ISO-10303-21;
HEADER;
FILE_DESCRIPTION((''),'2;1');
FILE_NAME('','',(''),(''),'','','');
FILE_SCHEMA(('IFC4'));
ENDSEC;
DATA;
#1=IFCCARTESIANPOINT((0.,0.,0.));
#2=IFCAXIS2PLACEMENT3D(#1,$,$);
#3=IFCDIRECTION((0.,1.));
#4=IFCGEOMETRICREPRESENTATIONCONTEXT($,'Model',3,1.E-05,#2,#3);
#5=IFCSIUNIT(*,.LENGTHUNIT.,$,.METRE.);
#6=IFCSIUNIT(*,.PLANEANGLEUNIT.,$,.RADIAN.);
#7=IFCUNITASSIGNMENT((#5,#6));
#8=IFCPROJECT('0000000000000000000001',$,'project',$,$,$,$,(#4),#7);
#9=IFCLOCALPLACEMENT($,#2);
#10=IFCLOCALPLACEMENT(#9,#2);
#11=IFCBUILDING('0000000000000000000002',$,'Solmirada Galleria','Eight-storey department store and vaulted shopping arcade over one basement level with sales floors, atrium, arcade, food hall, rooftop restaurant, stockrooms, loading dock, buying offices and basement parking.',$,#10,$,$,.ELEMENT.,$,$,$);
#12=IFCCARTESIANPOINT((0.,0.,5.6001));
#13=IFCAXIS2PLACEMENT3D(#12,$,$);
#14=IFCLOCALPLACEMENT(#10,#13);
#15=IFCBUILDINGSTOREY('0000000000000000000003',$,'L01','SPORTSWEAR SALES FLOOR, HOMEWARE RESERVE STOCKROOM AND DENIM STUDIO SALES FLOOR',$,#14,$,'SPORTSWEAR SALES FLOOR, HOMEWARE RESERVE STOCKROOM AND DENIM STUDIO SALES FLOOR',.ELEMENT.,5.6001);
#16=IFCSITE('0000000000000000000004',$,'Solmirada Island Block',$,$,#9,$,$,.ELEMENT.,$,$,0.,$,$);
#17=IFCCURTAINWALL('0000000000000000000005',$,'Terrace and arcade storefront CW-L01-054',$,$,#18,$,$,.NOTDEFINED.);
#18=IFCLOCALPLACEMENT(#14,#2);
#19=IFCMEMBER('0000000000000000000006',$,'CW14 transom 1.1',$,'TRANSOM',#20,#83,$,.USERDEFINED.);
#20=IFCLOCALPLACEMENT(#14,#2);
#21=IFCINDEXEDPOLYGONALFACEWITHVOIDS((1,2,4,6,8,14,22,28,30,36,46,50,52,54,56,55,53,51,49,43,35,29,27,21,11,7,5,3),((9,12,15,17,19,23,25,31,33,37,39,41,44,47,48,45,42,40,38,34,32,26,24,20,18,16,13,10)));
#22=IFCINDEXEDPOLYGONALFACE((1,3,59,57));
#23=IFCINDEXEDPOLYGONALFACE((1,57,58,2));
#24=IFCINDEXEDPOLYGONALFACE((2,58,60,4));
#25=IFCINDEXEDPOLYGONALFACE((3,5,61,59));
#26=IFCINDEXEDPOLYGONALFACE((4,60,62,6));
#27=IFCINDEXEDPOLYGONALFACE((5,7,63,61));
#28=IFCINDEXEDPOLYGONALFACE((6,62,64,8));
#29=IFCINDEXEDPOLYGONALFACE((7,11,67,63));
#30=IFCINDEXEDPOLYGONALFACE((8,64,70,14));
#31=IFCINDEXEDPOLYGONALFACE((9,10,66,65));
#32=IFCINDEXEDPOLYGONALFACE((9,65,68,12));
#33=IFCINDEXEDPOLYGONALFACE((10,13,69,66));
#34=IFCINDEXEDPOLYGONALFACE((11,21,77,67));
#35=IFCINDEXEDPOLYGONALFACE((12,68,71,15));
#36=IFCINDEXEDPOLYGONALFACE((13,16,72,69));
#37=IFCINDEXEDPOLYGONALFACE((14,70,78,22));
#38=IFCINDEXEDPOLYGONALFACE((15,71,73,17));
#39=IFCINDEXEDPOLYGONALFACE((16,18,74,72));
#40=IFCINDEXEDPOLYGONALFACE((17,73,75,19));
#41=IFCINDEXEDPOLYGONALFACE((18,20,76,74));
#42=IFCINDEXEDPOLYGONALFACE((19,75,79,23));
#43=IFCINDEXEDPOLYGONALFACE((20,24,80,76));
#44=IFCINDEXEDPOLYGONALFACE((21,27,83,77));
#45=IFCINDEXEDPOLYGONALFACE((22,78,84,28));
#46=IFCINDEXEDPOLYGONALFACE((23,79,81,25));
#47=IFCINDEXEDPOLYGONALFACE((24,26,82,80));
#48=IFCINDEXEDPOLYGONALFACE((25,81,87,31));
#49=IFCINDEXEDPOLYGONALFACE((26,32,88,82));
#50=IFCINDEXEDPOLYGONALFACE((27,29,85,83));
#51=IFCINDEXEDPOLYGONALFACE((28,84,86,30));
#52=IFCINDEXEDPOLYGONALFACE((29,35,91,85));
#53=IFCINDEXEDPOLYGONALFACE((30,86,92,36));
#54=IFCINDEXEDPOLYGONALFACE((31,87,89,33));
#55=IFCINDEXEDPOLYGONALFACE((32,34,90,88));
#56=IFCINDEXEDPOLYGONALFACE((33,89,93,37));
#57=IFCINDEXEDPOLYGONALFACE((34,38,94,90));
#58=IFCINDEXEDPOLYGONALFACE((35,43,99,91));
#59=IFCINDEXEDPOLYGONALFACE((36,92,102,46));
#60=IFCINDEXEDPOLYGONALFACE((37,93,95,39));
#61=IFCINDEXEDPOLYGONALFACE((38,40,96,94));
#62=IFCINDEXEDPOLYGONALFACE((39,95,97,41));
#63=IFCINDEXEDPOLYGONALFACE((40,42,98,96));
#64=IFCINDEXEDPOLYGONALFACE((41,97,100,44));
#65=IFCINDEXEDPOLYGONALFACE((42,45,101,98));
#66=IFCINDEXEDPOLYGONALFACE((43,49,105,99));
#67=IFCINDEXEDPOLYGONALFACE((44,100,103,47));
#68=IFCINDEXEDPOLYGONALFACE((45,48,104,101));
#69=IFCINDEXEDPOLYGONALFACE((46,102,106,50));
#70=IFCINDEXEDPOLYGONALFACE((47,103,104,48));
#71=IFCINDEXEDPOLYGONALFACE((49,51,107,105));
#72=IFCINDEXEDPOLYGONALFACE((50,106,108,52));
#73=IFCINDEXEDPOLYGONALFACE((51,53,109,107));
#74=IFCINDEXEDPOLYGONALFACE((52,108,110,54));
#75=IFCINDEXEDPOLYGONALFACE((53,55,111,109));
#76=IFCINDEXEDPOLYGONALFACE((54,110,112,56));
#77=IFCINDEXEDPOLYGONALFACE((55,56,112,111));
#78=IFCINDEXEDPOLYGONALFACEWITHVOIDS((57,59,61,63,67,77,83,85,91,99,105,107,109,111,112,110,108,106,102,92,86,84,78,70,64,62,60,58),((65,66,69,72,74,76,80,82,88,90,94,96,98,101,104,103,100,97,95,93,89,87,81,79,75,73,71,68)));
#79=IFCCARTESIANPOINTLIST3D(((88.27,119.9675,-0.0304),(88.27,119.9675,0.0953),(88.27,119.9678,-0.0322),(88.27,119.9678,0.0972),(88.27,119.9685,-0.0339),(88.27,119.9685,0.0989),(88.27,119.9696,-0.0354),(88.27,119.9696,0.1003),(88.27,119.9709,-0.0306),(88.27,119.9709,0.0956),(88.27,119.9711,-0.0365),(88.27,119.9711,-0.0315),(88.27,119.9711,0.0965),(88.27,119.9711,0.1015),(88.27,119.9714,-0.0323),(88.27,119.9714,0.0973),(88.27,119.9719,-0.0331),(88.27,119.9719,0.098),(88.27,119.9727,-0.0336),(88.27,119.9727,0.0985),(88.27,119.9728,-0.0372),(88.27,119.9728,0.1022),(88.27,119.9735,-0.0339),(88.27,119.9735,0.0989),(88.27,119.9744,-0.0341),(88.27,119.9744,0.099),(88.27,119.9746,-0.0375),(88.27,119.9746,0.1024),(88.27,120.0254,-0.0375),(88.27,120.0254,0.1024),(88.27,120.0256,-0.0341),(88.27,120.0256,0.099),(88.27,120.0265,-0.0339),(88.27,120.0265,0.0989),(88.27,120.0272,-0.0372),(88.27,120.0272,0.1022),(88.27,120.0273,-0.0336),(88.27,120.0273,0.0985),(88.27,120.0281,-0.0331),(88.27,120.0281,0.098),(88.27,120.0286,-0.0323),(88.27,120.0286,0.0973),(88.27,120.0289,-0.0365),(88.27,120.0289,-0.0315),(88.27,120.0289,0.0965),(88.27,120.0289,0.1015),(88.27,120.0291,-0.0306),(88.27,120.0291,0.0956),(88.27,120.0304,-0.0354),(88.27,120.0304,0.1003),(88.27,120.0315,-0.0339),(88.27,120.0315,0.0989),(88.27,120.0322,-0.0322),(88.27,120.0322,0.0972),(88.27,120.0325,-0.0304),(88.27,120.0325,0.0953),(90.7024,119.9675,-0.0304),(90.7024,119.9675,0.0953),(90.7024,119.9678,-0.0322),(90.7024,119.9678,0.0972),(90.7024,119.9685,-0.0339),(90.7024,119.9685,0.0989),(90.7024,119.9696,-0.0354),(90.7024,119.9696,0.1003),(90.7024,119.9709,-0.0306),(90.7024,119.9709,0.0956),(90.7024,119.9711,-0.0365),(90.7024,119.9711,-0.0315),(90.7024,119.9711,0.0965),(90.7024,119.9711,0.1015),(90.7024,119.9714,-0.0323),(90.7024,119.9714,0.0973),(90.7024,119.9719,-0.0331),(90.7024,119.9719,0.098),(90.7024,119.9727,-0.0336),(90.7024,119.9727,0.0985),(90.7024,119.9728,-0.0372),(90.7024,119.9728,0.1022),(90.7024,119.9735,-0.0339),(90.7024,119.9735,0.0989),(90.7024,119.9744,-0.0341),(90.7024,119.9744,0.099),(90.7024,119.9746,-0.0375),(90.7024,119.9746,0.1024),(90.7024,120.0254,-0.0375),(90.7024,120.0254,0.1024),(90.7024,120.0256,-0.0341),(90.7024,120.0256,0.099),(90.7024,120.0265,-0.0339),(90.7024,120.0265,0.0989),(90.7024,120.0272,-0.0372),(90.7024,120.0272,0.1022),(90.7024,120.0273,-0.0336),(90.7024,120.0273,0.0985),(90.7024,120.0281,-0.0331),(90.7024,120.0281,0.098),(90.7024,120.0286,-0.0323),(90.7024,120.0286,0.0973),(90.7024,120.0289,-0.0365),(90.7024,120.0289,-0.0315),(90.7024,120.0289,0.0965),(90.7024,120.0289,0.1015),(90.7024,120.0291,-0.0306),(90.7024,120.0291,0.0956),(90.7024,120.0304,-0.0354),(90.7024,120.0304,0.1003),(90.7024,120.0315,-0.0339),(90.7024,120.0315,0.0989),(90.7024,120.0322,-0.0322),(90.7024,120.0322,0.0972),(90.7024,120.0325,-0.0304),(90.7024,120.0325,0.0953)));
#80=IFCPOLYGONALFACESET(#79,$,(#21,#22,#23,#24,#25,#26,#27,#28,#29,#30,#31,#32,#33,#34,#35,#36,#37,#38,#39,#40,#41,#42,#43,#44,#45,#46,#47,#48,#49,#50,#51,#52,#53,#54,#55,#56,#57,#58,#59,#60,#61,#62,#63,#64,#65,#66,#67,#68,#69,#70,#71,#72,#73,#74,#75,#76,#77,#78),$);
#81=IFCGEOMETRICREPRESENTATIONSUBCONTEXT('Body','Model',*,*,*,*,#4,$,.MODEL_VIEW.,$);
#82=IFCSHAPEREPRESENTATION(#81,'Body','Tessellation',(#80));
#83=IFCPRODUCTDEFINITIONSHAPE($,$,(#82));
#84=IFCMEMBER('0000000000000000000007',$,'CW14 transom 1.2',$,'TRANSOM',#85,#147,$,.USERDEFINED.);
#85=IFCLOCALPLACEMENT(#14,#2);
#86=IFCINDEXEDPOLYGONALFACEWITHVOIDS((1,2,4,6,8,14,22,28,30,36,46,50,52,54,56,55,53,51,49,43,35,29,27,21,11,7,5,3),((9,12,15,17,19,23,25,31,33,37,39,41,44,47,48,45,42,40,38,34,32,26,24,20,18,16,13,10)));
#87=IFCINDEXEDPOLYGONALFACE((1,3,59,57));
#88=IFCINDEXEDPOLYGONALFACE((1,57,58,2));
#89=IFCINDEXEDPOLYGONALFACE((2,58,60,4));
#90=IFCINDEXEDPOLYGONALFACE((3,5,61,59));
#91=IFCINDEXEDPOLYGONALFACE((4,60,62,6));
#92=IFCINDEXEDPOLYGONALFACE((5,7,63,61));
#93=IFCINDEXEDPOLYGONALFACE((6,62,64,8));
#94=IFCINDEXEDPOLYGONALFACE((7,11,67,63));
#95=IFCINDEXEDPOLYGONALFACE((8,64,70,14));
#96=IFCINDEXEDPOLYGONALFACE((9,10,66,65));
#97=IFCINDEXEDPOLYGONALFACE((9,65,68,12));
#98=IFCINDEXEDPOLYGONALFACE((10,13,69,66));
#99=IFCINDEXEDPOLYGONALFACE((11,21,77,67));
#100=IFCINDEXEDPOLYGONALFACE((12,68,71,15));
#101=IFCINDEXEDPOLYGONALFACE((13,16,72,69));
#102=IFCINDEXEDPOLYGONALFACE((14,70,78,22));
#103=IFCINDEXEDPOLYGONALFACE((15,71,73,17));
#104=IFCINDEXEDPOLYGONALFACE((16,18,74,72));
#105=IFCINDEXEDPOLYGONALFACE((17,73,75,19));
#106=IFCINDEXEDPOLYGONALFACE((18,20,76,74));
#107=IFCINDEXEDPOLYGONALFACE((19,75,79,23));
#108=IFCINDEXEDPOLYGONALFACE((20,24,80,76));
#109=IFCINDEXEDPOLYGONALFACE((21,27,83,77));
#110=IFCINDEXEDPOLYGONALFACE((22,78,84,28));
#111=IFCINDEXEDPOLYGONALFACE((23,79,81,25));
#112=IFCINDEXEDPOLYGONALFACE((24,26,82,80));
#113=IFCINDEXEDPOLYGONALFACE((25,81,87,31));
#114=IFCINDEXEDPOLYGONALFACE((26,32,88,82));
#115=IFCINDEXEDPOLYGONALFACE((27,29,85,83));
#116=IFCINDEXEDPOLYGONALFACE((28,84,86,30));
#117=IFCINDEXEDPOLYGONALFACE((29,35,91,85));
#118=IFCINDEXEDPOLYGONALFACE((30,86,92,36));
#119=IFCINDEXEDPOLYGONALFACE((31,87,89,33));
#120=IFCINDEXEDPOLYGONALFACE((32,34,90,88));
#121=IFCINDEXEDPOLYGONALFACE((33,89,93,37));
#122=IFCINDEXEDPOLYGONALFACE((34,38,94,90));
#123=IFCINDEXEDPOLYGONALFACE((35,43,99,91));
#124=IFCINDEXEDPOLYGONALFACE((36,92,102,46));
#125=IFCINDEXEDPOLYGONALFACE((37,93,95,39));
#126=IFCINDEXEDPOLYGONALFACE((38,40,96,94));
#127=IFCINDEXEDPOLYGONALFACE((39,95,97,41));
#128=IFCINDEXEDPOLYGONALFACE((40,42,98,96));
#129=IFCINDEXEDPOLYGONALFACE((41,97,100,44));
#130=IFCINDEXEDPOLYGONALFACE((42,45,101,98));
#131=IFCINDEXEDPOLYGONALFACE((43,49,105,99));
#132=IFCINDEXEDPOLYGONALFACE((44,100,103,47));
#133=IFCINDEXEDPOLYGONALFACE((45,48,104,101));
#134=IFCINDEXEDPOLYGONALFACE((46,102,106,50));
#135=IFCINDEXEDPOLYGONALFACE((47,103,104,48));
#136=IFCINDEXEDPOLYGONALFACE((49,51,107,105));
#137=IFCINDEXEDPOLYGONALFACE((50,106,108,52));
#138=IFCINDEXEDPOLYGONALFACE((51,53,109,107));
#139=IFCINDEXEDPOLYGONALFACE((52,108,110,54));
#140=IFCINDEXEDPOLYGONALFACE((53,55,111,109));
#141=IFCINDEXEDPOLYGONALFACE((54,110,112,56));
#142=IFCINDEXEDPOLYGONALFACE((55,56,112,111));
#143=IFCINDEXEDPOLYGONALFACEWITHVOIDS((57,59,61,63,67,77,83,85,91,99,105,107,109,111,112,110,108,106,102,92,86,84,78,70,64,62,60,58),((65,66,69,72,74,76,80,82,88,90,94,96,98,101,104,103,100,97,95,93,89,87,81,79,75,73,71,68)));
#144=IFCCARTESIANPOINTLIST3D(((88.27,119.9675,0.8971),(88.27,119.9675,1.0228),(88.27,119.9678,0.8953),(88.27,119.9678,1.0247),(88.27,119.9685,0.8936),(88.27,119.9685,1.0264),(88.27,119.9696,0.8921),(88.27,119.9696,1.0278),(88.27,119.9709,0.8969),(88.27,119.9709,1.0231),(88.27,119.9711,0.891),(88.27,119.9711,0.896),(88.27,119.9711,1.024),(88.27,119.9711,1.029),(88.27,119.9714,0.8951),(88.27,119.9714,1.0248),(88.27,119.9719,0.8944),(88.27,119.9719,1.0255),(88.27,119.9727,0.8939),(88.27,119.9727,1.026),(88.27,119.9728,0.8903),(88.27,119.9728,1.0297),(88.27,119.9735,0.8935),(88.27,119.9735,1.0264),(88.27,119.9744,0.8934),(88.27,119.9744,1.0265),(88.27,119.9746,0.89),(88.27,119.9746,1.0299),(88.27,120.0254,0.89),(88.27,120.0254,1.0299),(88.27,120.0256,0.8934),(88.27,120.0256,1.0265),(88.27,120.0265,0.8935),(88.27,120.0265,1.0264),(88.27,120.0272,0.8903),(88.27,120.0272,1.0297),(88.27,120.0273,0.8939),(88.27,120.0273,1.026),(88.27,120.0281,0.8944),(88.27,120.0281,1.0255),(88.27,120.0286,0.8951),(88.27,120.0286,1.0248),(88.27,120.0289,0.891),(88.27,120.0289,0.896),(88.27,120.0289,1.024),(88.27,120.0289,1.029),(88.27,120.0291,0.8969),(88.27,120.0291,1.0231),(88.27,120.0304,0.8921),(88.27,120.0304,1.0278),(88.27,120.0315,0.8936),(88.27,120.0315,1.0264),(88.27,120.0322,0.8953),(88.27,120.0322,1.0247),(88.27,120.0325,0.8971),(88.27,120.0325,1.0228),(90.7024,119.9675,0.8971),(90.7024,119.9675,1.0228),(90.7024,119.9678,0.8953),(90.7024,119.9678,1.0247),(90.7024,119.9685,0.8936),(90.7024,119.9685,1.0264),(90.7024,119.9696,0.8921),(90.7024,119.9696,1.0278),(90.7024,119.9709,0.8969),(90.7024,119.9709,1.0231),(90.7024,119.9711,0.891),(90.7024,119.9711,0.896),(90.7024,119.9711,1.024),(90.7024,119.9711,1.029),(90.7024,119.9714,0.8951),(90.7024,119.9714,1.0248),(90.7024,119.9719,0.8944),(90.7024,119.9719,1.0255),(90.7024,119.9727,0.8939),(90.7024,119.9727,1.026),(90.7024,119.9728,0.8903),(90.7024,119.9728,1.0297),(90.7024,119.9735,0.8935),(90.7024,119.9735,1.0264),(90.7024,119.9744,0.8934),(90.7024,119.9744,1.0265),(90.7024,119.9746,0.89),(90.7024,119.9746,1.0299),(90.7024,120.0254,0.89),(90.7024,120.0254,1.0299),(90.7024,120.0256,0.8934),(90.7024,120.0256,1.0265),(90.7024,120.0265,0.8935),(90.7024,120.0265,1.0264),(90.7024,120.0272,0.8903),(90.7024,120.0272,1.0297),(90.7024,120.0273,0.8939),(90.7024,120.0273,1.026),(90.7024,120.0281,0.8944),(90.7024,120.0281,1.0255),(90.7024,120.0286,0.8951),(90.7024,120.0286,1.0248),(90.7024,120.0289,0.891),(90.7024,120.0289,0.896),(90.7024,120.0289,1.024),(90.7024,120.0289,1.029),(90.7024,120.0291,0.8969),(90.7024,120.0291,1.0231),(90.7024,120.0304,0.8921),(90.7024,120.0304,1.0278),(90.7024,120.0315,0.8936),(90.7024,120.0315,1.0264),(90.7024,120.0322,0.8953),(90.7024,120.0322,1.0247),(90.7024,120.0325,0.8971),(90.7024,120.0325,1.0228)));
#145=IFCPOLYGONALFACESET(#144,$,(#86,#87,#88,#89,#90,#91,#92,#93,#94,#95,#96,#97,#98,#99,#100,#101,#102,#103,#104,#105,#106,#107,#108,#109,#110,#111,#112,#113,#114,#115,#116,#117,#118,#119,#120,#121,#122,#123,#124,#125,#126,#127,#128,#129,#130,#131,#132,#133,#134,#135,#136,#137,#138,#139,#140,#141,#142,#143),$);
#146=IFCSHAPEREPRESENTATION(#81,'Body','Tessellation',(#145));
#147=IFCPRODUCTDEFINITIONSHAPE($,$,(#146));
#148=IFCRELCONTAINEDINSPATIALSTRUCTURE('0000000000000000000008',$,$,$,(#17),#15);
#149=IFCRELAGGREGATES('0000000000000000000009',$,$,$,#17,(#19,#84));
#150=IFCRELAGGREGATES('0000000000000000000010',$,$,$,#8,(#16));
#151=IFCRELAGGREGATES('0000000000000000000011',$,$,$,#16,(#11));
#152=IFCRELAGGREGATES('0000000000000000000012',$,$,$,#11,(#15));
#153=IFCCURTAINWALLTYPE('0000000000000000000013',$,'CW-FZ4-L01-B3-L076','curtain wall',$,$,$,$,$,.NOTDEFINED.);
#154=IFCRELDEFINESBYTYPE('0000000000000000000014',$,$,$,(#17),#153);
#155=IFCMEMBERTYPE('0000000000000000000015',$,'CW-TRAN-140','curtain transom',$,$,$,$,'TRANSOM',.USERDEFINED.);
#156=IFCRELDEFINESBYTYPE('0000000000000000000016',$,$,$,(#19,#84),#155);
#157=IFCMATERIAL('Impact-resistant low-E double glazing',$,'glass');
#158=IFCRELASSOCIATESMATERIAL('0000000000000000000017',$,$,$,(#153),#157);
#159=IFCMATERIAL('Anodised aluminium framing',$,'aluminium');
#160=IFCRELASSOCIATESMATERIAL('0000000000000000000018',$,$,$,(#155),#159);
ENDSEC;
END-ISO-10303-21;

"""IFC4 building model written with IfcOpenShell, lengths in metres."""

from ifc_helpers import new_model, si_unit, direction, frame, origin, origin_2d, place, context, subcontext, project, spatial, hollow_rectangle, extrude, material, material_profile, profile_set, type_object, element, aggregate, save


model = new_model("IFC4")

# Units and contexts
model_context = context("Model", 3, precision=1e-05, world=origin(), true_north=direction((0.0, 1.0)))
body_context = subcontext(model_context, "Body", "Model", "MODEL_VIEW")
ifc_project = project(units=[si_unit("LENGTHUNIT", "METRE"), si_unit("PLANEANGLEUNIT", "RADIAN")], contexts=[model_context])

# Site, building, storey
site_placement = place(None, origin())
site = spatial("IfcSite", under=ifc_project, at=site_placement, Name="Solmirada Island Block", CompositionType="ELEMENT", RefElevation=0.0)
building_placement = place(site_placement, origin())
building = spatial("IfcBuilding", under=site, at=building_placement, Name="Solmirada Galleria", Description="Eight-storey department store and vaulted shopping arcade over one basement level with sales floors, atrium, arcade, food hall, rooftop restaurant, stockrooms, loading dock, buying offices and basement parking.", CompositionType="ELEMENT")
storey_placement = place(building_placement, frame((0.0, 0.0, 5.6001)))
storey = spatial("IfcBuildingStorey", under=building, at=storey_placement, Name="L01", Description="SPORTSWEAR SALES FLOOR, HOMEWARE RESERVE STOCKROOM AND DENIM STUDIO SALES FLOOR", LongName="SPORTSWEAR SALES FLOOR, HOMEWARE RESERVE STOCKROOM AND DENIM STUDIO SALES FLOOR", CompositionType="ELEMENT", Elevation=5.6001)

# Shared definitions
ifc_material_1 = material(Name="Impact-resistant low-E double glazing", Category="glass")
curtain_wall_type = type_object("IfcCurtainWallType", Name="CW-FZ4-L01-B3-L076", Description="curtain wall", PredefinedType="NOTDEFINED", material=ifc_material_1)
ifc_material_2 = material(Name="Anodised aluminium framing", Category="aluminium")

# Curtain wall, members
curtain_wall_1_placement = place(storey_placement, origin())
curtain_wall_1 = element("IfcCurtainWall", 1, at=curtain_wall_1_placement, inside=storey, type_object=curtain_wall_type, Name="Terrace and arcade storefront CW-L01-054", PredefinedType="NOTDEFINED")
ifc_material_profile_1 = material_profile(ifc_material_2, hollow_rectangle(XDim=0.0649, YDim=0.1399, WallThickness=0.0034, InnerFilletRadius=0.0034, OuterFilletRadius=0.0071, at=origin_2d()), Name="ALU-TRAN-140X65")
ifc_profile_set_1 = profile_set([ifc_material_profile_1], Name="Anodised aluminium framing")
member_type_1 = type_object("IfcMemberType", Name="CW-TRAN-140", Description="curtain transom", ElementType="TRANSOM", PredefinedType="USERDEFINED", material=ifc_profile_set_1)
member_1_placement = place(storey_placement, frame((88.27, 120.0, 0.0325), z_axis=(1.0, 0.0, 0.0), x_axis=(0.0, 1.0, 0.0)))
member_1 = element("IfcMember", 2, at=member_1_placement, type_object=member_type_1, Name="CW14 transom 1.1", ObjectType="TRANSOM", PredefinedType="USERDEFINED", context=body_context, shape_type="SweptSolid", body=[
    extrude(hollow_rectangle(XDim=0.0649, YDim=0.1399, WallThickness=0.0034, InnerFilletRadius=0.0034, OuterFilletRadius=0.0071, at=origin_2d()), origin(), (0.0, 0.0, 1.0), 2.4324),
])
member_2_placement = place(storey_placement, frame((88.27, 120.0, 0.96), z_axis=(1.0, 0.0, 0.0), x_axis=(0.0, 1.0, 0.0)))
member_2 = element("IfcMember", 3, at=member_2_placement, type_object=member_type_1, Name="CW14 transom 1.2", ObjectType="TRANSOM", PredefinedType="USERDEFINED", context=body_context, shape_type="SweptSolid", body=[
    extrude(hollow_rectangle(XDim=0.0649, YDim=0.1399, WallThickness=0.0034, InnerFilletRadius=0.0034, OuterFilletRadius=0.0071, at=origin_2d()), origin(), (0.0, 0.0, 1.0), 2.4324),
])
aggregate(curtain_wall_1, [member_1, member_2])

save(model, "model.ifc")
